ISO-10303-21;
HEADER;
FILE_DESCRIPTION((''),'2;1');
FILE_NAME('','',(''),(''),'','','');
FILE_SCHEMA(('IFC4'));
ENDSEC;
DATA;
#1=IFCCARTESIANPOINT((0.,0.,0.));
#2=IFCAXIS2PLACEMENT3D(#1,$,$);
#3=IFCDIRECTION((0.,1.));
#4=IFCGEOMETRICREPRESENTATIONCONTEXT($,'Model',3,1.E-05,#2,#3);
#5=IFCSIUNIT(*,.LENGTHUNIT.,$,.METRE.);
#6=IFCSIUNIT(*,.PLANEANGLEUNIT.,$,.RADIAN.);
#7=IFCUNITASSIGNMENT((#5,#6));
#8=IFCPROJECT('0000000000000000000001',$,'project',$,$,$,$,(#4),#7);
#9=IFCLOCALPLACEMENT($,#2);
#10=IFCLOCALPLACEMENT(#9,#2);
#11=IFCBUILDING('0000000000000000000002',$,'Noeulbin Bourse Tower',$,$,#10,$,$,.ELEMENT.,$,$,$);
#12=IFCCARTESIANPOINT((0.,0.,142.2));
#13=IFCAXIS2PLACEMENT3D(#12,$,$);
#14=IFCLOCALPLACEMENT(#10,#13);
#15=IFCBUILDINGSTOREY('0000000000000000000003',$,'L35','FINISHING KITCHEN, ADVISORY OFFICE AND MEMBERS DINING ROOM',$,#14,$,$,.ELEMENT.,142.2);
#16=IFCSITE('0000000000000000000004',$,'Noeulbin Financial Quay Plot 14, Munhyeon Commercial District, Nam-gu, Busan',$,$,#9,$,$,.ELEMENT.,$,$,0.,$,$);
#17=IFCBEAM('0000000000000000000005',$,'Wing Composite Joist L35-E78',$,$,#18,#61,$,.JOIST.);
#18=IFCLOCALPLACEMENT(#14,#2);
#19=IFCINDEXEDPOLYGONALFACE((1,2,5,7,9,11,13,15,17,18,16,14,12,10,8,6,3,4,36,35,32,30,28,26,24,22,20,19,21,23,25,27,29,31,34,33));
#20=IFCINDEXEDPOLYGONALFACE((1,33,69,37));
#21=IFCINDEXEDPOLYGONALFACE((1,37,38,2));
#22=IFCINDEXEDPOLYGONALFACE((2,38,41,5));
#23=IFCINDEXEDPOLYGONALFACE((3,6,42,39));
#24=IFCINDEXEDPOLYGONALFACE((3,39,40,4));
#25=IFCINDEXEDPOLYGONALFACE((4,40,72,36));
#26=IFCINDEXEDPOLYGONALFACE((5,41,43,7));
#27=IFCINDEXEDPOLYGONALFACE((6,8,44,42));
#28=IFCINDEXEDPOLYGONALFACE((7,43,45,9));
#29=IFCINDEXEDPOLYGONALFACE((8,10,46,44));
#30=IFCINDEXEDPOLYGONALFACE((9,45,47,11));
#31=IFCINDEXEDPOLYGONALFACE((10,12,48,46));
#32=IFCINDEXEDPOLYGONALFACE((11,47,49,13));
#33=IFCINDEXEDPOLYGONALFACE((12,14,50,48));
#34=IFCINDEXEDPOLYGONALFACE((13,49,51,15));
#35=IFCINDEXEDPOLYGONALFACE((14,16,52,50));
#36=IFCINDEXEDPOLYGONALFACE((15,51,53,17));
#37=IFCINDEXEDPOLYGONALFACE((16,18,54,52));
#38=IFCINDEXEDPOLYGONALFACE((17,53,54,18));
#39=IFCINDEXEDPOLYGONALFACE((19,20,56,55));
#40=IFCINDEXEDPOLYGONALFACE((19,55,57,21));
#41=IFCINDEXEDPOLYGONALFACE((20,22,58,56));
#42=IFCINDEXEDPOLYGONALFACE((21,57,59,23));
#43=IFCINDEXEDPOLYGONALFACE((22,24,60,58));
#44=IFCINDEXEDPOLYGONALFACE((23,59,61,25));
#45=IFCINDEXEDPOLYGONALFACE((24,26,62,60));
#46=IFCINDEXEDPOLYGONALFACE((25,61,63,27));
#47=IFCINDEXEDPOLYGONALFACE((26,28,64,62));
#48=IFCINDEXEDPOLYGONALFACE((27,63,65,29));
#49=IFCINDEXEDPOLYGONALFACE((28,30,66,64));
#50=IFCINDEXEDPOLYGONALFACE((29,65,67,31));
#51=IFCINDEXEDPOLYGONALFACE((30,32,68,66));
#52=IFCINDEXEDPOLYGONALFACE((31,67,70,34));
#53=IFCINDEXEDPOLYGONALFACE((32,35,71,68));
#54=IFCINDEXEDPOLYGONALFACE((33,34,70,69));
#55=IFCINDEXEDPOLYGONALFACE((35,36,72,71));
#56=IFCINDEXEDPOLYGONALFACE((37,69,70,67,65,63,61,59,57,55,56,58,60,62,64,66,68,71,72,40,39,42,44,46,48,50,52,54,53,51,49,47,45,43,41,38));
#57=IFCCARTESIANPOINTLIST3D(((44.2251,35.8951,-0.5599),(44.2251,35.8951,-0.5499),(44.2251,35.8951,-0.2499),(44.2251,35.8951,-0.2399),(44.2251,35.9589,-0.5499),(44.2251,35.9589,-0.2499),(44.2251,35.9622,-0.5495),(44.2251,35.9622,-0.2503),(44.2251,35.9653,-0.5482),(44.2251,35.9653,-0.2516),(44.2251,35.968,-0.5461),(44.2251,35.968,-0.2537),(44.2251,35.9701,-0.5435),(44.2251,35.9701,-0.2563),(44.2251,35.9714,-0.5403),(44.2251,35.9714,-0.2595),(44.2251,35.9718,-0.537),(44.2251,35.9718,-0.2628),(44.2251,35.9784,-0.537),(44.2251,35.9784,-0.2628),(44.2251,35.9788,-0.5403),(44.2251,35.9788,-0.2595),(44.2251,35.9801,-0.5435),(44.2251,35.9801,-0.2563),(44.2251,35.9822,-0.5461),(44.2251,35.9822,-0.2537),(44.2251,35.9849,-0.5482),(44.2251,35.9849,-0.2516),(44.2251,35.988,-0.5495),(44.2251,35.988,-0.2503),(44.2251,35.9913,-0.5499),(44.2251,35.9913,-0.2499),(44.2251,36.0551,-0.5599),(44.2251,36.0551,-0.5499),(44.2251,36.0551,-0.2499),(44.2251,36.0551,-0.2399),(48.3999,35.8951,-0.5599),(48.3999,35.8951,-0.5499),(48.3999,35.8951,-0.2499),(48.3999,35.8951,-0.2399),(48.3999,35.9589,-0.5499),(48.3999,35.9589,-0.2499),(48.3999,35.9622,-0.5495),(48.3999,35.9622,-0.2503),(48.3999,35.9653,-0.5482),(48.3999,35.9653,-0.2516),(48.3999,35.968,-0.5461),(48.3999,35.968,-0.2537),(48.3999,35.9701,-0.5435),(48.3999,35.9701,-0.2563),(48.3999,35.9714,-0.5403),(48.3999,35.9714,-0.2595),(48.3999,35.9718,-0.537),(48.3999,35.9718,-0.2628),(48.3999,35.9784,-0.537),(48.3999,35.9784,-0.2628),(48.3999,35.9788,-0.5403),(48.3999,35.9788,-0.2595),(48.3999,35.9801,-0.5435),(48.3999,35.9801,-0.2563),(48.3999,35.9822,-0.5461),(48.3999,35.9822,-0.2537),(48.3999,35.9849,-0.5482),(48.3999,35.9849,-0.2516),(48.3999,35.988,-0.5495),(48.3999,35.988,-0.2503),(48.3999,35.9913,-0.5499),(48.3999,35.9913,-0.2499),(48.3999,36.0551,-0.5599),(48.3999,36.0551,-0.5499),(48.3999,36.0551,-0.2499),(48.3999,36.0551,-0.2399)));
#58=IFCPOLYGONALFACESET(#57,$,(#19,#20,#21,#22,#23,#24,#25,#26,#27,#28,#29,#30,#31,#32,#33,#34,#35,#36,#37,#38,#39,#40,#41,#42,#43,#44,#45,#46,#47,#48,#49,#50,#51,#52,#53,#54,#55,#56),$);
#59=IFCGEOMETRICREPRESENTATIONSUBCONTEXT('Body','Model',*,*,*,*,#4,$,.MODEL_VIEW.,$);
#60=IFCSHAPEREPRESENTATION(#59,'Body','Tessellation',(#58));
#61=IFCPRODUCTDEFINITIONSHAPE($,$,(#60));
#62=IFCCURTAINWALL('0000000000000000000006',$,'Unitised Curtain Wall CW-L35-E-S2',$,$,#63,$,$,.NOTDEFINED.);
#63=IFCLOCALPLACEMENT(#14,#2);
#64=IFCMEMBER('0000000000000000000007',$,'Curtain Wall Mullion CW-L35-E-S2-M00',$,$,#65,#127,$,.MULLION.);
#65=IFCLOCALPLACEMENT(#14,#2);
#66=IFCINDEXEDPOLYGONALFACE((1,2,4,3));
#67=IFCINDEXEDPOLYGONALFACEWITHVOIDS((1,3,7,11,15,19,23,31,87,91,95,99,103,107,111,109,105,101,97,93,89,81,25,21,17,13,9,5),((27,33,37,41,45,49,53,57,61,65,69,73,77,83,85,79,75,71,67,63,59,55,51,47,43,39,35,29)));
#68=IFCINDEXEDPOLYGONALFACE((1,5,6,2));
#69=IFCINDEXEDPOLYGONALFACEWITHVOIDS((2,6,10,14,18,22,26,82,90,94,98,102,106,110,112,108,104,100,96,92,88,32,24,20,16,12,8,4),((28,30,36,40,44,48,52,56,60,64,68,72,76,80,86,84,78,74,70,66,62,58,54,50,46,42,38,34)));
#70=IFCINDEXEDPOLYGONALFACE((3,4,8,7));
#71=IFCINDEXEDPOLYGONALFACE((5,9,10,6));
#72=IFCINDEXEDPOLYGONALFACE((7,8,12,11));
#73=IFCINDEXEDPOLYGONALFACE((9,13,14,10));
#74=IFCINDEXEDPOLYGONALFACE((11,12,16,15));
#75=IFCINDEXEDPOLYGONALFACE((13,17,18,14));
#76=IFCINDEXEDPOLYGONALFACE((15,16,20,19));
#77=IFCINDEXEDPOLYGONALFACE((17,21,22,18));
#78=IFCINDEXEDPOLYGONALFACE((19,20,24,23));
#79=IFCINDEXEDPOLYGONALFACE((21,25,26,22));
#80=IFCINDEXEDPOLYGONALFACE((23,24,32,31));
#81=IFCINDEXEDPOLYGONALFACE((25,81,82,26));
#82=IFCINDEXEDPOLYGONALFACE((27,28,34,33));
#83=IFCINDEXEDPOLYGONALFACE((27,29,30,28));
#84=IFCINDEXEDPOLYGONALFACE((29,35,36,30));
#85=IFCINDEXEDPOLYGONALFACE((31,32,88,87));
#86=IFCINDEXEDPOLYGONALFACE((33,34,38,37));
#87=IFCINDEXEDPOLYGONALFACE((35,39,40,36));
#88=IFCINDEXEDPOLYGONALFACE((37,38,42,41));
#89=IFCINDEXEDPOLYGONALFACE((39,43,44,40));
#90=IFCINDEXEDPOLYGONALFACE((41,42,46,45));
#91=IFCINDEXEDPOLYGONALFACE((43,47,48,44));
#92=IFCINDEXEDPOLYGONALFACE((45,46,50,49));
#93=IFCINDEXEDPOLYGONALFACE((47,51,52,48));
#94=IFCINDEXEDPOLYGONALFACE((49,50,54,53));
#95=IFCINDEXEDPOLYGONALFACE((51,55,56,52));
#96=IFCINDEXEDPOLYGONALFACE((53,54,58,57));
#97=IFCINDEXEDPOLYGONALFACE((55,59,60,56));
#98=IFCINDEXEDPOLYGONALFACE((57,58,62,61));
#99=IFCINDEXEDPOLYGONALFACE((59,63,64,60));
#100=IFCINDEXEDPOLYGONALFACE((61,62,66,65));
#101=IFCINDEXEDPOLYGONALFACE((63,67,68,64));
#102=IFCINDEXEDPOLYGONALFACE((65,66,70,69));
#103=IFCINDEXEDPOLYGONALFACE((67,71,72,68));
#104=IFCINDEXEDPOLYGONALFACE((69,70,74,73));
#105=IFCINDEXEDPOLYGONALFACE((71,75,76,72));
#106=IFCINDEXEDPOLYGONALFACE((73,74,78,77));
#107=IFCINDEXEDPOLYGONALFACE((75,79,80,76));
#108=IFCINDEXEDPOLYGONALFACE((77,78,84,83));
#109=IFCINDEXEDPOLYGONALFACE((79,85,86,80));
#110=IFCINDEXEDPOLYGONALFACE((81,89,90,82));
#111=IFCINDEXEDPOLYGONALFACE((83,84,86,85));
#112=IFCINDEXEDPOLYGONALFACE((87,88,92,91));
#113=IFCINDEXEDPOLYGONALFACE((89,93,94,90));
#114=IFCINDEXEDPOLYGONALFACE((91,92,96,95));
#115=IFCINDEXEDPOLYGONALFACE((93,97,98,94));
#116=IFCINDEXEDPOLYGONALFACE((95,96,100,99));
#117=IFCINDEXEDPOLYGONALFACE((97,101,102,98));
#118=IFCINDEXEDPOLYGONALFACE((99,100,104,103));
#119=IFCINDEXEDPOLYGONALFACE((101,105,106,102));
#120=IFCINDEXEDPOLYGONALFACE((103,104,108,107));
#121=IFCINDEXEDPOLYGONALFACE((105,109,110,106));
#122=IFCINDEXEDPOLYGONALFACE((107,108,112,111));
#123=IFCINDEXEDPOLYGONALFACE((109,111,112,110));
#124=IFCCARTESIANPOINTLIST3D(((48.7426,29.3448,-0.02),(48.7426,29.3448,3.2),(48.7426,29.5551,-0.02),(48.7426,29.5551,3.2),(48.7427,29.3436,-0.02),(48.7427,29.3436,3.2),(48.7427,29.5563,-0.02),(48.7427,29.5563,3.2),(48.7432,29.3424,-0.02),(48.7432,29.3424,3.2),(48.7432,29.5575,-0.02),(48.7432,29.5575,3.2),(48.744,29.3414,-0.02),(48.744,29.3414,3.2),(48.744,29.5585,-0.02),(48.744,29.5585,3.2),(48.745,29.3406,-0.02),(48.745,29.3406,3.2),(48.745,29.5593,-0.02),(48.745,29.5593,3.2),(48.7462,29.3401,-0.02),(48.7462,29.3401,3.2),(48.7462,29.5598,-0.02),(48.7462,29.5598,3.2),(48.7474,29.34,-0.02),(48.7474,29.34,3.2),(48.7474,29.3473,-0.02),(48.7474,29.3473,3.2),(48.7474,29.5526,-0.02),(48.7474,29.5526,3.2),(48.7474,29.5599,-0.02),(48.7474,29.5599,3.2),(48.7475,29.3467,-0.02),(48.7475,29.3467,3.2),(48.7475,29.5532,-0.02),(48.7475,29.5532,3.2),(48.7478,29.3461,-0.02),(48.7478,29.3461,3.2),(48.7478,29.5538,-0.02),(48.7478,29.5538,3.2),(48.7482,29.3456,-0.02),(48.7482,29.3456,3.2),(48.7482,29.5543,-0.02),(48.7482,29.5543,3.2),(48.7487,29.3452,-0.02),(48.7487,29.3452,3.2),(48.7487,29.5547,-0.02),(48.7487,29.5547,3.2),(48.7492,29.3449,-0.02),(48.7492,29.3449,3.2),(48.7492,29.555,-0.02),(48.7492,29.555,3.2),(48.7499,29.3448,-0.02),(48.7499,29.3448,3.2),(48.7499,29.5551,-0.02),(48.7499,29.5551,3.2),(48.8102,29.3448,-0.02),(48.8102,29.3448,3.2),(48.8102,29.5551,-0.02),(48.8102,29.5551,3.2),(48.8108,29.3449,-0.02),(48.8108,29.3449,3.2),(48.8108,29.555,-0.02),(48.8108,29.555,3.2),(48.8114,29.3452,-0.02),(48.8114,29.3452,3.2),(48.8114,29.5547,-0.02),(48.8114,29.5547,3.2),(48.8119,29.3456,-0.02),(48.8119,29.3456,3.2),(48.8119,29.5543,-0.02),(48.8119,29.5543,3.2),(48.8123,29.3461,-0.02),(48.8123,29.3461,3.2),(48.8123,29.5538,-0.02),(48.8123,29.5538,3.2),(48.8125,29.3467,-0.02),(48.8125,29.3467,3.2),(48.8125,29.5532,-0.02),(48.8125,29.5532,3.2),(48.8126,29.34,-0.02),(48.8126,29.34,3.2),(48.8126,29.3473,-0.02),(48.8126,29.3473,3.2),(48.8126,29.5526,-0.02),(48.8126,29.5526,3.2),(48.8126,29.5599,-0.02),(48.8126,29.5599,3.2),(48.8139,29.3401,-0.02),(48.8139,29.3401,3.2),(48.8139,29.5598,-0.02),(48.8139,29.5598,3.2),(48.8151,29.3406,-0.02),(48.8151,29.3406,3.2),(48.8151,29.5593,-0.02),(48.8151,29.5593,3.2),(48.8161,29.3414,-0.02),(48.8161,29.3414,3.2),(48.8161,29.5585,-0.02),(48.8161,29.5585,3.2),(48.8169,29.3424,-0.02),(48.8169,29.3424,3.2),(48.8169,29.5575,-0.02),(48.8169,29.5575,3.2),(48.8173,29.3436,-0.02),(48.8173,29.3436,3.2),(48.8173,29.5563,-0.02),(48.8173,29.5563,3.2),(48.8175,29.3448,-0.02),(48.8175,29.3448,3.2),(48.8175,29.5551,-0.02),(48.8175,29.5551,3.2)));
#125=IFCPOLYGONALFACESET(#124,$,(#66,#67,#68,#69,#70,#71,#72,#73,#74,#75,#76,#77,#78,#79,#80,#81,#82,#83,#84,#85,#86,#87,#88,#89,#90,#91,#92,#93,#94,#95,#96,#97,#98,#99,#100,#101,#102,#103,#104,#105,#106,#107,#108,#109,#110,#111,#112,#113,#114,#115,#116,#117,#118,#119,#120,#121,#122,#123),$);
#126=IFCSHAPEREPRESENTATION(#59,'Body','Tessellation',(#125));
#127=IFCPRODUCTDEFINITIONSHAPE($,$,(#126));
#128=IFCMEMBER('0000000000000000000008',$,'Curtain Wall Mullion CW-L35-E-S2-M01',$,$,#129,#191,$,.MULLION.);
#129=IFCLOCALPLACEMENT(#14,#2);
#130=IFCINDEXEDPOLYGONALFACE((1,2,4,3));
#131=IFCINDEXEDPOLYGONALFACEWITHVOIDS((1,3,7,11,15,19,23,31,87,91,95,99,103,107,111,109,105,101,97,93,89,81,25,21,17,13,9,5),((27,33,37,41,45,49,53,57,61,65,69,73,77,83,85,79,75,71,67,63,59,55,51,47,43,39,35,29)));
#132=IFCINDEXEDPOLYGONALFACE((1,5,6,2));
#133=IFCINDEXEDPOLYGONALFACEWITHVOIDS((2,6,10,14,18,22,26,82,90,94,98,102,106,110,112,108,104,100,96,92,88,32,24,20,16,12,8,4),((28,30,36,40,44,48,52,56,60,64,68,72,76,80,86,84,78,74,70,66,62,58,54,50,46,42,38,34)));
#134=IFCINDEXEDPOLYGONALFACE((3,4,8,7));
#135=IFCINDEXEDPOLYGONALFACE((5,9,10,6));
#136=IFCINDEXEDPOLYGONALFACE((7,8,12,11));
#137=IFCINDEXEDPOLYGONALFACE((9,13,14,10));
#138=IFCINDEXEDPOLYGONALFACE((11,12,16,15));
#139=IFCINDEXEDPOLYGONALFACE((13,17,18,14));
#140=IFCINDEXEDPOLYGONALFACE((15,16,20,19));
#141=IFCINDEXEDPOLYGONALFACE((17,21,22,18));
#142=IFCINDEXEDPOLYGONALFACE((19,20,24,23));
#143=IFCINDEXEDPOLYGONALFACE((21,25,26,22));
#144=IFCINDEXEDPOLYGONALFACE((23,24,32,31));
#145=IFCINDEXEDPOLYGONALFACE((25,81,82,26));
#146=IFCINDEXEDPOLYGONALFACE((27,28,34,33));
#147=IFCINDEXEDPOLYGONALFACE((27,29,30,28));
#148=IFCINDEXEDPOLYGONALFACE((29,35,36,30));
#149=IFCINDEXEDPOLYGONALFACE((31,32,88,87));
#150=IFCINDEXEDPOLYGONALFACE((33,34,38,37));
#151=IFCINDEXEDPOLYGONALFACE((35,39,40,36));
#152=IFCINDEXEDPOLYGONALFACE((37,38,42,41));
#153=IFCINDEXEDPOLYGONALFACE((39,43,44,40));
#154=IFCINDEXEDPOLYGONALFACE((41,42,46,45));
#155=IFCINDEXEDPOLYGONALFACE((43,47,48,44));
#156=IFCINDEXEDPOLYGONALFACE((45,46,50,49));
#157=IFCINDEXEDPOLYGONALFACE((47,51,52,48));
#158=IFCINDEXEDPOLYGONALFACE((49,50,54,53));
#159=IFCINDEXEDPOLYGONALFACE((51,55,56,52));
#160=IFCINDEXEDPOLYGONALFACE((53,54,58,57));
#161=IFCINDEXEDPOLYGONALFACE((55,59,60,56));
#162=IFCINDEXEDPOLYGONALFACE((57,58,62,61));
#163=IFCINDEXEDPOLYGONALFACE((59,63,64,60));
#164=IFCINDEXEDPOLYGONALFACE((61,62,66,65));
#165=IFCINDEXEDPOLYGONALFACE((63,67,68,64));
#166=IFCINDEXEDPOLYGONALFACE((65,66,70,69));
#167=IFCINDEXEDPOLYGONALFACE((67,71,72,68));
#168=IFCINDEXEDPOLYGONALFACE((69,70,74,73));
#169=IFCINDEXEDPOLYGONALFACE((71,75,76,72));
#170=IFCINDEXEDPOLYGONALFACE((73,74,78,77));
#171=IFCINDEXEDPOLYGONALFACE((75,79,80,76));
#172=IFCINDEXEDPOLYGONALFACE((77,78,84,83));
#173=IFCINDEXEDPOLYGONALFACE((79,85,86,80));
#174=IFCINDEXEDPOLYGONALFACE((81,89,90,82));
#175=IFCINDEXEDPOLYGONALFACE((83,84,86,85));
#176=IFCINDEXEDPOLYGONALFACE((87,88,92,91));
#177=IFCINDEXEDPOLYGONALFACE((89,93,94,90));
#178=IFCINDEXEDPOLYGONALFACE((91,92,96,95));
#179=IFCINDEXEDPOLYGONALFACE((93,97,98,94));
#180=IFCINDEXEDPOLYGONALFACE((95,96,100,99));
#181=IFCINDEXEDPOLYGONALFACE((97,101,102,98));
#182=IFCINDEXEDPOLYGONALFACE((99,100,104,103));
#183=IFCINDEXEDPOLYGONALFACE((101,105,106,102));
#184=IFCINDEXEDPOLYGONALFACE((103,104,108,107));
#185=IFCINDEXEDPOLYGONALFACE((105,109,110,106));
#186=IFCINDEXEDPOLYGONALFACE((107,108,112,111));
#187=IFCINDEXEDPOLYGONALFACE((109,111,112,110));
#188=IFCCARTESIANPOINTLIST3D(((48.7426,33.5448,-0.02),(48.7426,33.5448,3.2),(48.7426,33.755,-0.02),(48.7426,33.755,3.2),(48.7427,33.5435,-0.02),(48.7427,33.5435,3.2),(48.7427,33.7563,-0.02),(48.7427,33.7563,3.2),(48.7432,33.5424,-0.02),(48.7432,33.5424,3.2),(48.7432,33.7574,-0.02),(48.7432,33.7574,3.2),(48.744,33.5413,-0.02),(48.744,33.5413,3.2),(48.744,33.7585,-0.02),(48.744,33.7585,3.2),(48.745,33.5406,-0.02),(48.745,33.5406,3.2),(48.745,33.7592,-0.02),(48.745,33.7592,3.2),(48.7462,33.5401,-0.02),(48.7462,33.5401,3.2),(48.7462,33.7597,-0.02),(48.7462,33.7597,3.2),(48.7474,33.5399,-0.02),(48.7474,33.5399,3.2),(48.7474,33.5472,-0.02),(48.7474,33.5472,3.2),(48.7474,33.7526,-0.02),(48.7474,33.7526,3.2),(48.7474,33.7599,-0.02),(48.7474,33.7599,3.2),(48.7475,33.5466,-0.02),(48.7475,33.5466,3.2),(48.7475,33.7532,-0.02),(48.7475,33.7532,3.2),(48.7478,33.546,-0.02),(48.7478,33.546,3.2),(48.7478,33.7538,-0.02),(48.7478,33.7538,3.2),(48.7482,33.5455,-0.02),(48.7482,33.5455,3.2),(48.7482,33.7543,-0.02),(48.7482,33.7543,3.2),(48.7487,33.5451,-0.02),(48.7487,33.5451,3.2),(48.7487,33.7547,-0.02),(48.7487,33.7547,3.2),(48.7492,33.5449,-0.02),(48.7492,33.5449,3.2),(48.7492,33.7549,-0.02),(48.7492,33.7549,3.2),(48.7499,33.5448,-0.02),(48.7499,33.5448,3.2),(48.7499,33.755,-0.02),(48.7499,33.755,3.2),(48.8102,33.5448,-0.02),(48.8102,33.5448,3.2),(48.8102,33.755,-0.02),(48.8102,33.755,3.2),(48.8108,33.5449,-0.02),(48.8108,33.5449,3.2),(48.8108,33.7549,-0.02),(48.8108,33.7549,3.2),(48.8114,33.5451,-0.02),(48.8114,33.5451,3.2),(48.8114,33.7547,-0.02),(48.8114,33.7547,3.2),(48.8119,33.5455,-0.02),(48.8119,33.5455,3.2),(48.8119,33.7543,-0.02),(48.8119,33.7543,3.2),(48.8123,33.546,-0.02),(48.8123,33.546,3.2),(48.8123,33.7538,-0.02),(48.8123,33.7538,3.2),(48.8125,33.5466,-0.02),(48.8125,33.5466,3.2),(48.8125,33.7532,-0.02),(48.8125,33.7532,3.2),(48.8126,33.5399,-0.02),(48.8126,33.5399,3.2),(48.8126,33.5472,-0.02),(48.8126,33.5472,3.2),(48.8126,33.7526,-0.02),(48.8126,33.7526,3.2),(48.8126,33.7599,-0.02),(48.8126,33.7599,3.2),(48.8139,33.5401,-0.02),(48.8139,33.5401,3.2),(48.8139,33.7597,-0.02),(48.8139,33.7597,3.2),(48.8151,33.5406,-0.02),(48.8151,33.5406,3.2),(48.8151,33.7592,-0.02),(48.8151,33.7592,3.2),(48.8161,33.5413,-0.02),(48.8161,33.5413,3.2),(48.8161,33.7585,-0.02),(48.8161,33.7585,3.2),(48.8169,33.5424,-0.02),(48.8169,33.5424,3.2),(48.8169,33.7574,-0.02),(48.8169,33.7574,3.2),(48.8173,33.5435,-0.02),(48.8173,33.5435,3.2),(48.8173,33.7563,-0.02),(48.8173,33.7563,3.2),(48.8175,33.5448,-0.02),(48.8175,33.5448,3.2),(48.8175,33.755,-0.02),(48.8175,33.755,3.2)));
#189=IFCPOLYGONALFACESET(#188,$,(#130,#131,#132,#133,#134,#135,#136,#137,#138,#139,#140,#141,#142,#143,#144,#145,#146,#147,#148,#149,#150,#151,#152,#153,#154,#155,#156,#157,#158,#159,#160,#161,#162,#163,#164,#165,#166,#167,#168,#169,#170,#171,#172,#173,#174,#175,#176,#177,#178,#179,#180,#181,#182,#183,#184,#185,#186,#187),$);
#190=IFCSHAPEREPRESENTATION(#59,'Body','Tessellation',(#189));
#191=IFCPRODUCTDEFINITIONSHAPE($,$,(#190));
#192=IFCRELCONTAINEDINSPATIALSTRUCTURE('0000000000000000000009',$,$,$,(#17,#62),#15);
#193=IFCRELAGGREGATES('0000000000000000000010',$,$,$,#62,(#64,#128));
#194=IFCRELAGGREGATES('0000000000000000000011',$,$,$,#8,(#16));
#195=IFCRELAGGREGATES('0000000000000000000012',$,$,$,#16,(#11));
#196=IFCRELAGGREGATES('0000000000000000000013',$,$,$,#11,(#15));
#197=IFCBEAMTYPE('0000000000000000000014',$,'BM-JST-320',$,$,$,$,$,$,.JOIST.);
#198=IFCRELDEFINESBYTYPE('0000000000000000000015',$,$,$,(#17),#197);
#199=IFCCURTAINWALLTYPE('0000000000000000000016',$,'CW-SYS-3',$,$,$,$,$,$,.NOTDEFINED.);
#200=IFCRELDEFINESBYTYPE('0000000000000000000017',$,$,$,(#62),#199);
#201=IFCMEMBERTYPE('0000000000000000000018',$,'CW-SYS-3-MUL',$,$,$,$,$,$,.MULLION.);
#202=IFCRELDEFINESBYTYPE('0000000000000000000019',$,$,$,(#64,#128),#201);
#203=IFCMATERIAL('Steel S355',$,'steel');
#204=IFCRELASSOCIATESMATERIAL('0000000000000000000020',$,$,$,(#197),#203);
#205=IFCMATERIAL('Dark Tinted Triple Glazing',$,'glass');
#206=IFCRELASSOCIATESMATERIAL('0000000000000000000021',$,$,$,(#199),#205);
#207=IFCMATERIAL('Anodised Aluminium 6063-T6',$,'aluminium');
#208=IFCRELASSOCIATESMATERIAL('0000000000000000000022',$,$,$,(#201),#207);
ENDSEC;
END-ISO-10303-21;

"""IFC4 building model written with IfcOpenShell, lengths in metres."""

from ifc_helpers import new_model, si_unit, direction, frame, origin, origin_2d, place, context, subcontext, project, spatial, hollow_rectangle, i_section, extrude, material, material_profile, profile_set, type_object, element, aggregate, save


model = new_model("IFC4")

# Units and contexts
model_context = context("Model", 3, precision=1e-05, world=origin(), true_north=direction((0.0, 1.0)))
body_context = subcontext(model_context, "Body", "Model", "MODEL_VIEW")
ifc_project = project(units=[si_unit("LENGTHUNIT", "METRE"), si_unit("PLANEANGLEUNIT", "RADIAN")], contexts=[model_context])

# Site, building, storey
site_placement = place(None, origin())
site = spatial("IfcSite", under=ifc_project, at=site_placement, Name="Noeulbin Financial Quay Plot 14, Munhyeon Commercial District, Nam-gu, Busan", CompositionType="ELEMENT", RefElevation=0.0)
building_placement = place(site_placement, origin())
building = spatial("IfcBuilding", under=site, at=building_placement, Name="Noeulbin Bourse Tower", CompositionType="ELEMENT")
storey_placement = place(building_placement, frame((0.0, 0.0, 142.2)))
storey = spatial("IfcBuildingStorey", under=building, at=storey_placement, Name="L35", Description="FINISHING KITCHEN, ADVISORY OFFICE AND MEMBERS DINING ROOM", CompositionType="ELEMENT", Elevation=142.2)

# Beam
ifc_material_1 = material(Name="Steel S355", Category="steel")
ifc_material_profile_1 = material_profile(ifc_material_1, i_section(OverallWidth=0.1599, OverallDepth=0.3201, WebThickness=0.0066, FlangeThickness=0.01, FilletRadius=0.0129, at=origin_2d()), Name="H-320x160x6.5x10", Category="LoadBearing")
ifc_profile_set_1 = profile_set([ifc_material_profile_1], Name="Steel S355")
beam_type = type_object("IfcBeamType", Name="BM-JST-320", PredefinedType="JOIST", material=ifc_profile_set_1)
for number, where, z_axis, x_axis, name in (
    (1, (44.2251, 35.9751, -0.3999), (1.0, 0.0, 0.0), (0.0, 1.0, 0.0), "Wing Composite Joist L35-E78"),
):
    element("IfcBeam", number, at=place(storey_placement, frame(where, z_axis=z_axis, x_axis=x_axis)), inside=storey, type_object=beam_type, Name=name, PredefinedType="JOIST", context=body_context, shape_type="SweptSolid", body=[
        extrude(i_section(OverallWidth=0.1599, OverallDepth=0.3201, WebThickness=0.0066, FlangeThickness=0.01, FilletRadius=0.0129, at=origin_2d()), origin(), (0.0, 0.0, 1.0), 4.1748),
    ])

# Curtain wall, members
ifc_material_2 = material(Name="Dark Tinted Triple Glazing", Category="glass")
curtain_wall_type = type_object("IfcCurtainWallType", Name="CW-SYS-3", PredefinedType="NOTDEFINED", material=ifc_material_2)
curtain_wall_placement = place(storey_placement, origin())
curtain_wall = element("IfcCurtainWall", 2, at=curtain_wall_placement, inside=storey, type_object=curtain_wall_type, Name="Unitised Curtain Wall CW-L35-E-S2", PredefinedType="NOTDEFINED")
ifc_material_3 = material(Name="Anodised Aluminium 6063-T6", Category="aluminium")
ifc_material_profile_2 = material_profile(ifc_material_3, hollow_rectangle(XDim=0.075, YDim=0.22, WallThickness=0.0049, InnerFilletRadius=0.0024, OuterFilletRadius=0.0049, at=origin_2d()), Name="ALU-MULL-75x220x5", Category="LoadBearing")
ifc_profile_set_2 = profile_set([ifc_material_profile_2], Name="Anodised Aluminium 6063-T6")
member_type_1 = type_object("IfcMemberType", Name="CW-SYS-3-MUL", PredefinedType="MULLION", material=ifc_profile_set_2)
member_1_placement = place(storey_placement, frame((48.78, 29.45, -0.02), z_axis=(0.0, 0.0, 1.0), x_axis=(1.0, 0.0, 0.0)))
member_1 = element("IfcMember", 3, at=member_1_placement, type_object=member_type_1, Name="Curtain Wall Mullion CW-L35-E-S2-M00", PredefinedType="MULLION", context=body_context, shape_type="SweptSolid", body=[
    extrude(hollow_rectangle(XDim=0.075, YDim=0.22, WallThickness=0.0049, InnerFilletRadius=0.0024, OuterFilletRadius=0.0049, at=origin_2d()), origin(), (0.0, 0.0, 1.0), 3.22),
])
member_2_placement = place(storey_placement, frame((48.78, 33.6499, -0.02), z_axis=(0.0, 0.0, 1.0), x_axis=(1.0, 0.0, 0.0)))
member_2 = element("IfcMember", 4, at=member_2_placement, type_object=member_type_1, Name="Curtain Wall Mullion CW-L35-E-S2-M01", PredefinedType="MULLION", context=body_context, shape_type="SweptSolid", body=[
    extrude(hollow_rectangle(XDim=0.075, YDim=0.22, WallThickness=0.0049, InnerFilletRadius=0.0024, OuterFilletRadius=0.0049, at=origin_2d()), origin(), (0.0, 0.0, 1.0), 3.22),
])

aggregate(curtain_wall, [member_1, member_2])

save(model, "model.ifc")
